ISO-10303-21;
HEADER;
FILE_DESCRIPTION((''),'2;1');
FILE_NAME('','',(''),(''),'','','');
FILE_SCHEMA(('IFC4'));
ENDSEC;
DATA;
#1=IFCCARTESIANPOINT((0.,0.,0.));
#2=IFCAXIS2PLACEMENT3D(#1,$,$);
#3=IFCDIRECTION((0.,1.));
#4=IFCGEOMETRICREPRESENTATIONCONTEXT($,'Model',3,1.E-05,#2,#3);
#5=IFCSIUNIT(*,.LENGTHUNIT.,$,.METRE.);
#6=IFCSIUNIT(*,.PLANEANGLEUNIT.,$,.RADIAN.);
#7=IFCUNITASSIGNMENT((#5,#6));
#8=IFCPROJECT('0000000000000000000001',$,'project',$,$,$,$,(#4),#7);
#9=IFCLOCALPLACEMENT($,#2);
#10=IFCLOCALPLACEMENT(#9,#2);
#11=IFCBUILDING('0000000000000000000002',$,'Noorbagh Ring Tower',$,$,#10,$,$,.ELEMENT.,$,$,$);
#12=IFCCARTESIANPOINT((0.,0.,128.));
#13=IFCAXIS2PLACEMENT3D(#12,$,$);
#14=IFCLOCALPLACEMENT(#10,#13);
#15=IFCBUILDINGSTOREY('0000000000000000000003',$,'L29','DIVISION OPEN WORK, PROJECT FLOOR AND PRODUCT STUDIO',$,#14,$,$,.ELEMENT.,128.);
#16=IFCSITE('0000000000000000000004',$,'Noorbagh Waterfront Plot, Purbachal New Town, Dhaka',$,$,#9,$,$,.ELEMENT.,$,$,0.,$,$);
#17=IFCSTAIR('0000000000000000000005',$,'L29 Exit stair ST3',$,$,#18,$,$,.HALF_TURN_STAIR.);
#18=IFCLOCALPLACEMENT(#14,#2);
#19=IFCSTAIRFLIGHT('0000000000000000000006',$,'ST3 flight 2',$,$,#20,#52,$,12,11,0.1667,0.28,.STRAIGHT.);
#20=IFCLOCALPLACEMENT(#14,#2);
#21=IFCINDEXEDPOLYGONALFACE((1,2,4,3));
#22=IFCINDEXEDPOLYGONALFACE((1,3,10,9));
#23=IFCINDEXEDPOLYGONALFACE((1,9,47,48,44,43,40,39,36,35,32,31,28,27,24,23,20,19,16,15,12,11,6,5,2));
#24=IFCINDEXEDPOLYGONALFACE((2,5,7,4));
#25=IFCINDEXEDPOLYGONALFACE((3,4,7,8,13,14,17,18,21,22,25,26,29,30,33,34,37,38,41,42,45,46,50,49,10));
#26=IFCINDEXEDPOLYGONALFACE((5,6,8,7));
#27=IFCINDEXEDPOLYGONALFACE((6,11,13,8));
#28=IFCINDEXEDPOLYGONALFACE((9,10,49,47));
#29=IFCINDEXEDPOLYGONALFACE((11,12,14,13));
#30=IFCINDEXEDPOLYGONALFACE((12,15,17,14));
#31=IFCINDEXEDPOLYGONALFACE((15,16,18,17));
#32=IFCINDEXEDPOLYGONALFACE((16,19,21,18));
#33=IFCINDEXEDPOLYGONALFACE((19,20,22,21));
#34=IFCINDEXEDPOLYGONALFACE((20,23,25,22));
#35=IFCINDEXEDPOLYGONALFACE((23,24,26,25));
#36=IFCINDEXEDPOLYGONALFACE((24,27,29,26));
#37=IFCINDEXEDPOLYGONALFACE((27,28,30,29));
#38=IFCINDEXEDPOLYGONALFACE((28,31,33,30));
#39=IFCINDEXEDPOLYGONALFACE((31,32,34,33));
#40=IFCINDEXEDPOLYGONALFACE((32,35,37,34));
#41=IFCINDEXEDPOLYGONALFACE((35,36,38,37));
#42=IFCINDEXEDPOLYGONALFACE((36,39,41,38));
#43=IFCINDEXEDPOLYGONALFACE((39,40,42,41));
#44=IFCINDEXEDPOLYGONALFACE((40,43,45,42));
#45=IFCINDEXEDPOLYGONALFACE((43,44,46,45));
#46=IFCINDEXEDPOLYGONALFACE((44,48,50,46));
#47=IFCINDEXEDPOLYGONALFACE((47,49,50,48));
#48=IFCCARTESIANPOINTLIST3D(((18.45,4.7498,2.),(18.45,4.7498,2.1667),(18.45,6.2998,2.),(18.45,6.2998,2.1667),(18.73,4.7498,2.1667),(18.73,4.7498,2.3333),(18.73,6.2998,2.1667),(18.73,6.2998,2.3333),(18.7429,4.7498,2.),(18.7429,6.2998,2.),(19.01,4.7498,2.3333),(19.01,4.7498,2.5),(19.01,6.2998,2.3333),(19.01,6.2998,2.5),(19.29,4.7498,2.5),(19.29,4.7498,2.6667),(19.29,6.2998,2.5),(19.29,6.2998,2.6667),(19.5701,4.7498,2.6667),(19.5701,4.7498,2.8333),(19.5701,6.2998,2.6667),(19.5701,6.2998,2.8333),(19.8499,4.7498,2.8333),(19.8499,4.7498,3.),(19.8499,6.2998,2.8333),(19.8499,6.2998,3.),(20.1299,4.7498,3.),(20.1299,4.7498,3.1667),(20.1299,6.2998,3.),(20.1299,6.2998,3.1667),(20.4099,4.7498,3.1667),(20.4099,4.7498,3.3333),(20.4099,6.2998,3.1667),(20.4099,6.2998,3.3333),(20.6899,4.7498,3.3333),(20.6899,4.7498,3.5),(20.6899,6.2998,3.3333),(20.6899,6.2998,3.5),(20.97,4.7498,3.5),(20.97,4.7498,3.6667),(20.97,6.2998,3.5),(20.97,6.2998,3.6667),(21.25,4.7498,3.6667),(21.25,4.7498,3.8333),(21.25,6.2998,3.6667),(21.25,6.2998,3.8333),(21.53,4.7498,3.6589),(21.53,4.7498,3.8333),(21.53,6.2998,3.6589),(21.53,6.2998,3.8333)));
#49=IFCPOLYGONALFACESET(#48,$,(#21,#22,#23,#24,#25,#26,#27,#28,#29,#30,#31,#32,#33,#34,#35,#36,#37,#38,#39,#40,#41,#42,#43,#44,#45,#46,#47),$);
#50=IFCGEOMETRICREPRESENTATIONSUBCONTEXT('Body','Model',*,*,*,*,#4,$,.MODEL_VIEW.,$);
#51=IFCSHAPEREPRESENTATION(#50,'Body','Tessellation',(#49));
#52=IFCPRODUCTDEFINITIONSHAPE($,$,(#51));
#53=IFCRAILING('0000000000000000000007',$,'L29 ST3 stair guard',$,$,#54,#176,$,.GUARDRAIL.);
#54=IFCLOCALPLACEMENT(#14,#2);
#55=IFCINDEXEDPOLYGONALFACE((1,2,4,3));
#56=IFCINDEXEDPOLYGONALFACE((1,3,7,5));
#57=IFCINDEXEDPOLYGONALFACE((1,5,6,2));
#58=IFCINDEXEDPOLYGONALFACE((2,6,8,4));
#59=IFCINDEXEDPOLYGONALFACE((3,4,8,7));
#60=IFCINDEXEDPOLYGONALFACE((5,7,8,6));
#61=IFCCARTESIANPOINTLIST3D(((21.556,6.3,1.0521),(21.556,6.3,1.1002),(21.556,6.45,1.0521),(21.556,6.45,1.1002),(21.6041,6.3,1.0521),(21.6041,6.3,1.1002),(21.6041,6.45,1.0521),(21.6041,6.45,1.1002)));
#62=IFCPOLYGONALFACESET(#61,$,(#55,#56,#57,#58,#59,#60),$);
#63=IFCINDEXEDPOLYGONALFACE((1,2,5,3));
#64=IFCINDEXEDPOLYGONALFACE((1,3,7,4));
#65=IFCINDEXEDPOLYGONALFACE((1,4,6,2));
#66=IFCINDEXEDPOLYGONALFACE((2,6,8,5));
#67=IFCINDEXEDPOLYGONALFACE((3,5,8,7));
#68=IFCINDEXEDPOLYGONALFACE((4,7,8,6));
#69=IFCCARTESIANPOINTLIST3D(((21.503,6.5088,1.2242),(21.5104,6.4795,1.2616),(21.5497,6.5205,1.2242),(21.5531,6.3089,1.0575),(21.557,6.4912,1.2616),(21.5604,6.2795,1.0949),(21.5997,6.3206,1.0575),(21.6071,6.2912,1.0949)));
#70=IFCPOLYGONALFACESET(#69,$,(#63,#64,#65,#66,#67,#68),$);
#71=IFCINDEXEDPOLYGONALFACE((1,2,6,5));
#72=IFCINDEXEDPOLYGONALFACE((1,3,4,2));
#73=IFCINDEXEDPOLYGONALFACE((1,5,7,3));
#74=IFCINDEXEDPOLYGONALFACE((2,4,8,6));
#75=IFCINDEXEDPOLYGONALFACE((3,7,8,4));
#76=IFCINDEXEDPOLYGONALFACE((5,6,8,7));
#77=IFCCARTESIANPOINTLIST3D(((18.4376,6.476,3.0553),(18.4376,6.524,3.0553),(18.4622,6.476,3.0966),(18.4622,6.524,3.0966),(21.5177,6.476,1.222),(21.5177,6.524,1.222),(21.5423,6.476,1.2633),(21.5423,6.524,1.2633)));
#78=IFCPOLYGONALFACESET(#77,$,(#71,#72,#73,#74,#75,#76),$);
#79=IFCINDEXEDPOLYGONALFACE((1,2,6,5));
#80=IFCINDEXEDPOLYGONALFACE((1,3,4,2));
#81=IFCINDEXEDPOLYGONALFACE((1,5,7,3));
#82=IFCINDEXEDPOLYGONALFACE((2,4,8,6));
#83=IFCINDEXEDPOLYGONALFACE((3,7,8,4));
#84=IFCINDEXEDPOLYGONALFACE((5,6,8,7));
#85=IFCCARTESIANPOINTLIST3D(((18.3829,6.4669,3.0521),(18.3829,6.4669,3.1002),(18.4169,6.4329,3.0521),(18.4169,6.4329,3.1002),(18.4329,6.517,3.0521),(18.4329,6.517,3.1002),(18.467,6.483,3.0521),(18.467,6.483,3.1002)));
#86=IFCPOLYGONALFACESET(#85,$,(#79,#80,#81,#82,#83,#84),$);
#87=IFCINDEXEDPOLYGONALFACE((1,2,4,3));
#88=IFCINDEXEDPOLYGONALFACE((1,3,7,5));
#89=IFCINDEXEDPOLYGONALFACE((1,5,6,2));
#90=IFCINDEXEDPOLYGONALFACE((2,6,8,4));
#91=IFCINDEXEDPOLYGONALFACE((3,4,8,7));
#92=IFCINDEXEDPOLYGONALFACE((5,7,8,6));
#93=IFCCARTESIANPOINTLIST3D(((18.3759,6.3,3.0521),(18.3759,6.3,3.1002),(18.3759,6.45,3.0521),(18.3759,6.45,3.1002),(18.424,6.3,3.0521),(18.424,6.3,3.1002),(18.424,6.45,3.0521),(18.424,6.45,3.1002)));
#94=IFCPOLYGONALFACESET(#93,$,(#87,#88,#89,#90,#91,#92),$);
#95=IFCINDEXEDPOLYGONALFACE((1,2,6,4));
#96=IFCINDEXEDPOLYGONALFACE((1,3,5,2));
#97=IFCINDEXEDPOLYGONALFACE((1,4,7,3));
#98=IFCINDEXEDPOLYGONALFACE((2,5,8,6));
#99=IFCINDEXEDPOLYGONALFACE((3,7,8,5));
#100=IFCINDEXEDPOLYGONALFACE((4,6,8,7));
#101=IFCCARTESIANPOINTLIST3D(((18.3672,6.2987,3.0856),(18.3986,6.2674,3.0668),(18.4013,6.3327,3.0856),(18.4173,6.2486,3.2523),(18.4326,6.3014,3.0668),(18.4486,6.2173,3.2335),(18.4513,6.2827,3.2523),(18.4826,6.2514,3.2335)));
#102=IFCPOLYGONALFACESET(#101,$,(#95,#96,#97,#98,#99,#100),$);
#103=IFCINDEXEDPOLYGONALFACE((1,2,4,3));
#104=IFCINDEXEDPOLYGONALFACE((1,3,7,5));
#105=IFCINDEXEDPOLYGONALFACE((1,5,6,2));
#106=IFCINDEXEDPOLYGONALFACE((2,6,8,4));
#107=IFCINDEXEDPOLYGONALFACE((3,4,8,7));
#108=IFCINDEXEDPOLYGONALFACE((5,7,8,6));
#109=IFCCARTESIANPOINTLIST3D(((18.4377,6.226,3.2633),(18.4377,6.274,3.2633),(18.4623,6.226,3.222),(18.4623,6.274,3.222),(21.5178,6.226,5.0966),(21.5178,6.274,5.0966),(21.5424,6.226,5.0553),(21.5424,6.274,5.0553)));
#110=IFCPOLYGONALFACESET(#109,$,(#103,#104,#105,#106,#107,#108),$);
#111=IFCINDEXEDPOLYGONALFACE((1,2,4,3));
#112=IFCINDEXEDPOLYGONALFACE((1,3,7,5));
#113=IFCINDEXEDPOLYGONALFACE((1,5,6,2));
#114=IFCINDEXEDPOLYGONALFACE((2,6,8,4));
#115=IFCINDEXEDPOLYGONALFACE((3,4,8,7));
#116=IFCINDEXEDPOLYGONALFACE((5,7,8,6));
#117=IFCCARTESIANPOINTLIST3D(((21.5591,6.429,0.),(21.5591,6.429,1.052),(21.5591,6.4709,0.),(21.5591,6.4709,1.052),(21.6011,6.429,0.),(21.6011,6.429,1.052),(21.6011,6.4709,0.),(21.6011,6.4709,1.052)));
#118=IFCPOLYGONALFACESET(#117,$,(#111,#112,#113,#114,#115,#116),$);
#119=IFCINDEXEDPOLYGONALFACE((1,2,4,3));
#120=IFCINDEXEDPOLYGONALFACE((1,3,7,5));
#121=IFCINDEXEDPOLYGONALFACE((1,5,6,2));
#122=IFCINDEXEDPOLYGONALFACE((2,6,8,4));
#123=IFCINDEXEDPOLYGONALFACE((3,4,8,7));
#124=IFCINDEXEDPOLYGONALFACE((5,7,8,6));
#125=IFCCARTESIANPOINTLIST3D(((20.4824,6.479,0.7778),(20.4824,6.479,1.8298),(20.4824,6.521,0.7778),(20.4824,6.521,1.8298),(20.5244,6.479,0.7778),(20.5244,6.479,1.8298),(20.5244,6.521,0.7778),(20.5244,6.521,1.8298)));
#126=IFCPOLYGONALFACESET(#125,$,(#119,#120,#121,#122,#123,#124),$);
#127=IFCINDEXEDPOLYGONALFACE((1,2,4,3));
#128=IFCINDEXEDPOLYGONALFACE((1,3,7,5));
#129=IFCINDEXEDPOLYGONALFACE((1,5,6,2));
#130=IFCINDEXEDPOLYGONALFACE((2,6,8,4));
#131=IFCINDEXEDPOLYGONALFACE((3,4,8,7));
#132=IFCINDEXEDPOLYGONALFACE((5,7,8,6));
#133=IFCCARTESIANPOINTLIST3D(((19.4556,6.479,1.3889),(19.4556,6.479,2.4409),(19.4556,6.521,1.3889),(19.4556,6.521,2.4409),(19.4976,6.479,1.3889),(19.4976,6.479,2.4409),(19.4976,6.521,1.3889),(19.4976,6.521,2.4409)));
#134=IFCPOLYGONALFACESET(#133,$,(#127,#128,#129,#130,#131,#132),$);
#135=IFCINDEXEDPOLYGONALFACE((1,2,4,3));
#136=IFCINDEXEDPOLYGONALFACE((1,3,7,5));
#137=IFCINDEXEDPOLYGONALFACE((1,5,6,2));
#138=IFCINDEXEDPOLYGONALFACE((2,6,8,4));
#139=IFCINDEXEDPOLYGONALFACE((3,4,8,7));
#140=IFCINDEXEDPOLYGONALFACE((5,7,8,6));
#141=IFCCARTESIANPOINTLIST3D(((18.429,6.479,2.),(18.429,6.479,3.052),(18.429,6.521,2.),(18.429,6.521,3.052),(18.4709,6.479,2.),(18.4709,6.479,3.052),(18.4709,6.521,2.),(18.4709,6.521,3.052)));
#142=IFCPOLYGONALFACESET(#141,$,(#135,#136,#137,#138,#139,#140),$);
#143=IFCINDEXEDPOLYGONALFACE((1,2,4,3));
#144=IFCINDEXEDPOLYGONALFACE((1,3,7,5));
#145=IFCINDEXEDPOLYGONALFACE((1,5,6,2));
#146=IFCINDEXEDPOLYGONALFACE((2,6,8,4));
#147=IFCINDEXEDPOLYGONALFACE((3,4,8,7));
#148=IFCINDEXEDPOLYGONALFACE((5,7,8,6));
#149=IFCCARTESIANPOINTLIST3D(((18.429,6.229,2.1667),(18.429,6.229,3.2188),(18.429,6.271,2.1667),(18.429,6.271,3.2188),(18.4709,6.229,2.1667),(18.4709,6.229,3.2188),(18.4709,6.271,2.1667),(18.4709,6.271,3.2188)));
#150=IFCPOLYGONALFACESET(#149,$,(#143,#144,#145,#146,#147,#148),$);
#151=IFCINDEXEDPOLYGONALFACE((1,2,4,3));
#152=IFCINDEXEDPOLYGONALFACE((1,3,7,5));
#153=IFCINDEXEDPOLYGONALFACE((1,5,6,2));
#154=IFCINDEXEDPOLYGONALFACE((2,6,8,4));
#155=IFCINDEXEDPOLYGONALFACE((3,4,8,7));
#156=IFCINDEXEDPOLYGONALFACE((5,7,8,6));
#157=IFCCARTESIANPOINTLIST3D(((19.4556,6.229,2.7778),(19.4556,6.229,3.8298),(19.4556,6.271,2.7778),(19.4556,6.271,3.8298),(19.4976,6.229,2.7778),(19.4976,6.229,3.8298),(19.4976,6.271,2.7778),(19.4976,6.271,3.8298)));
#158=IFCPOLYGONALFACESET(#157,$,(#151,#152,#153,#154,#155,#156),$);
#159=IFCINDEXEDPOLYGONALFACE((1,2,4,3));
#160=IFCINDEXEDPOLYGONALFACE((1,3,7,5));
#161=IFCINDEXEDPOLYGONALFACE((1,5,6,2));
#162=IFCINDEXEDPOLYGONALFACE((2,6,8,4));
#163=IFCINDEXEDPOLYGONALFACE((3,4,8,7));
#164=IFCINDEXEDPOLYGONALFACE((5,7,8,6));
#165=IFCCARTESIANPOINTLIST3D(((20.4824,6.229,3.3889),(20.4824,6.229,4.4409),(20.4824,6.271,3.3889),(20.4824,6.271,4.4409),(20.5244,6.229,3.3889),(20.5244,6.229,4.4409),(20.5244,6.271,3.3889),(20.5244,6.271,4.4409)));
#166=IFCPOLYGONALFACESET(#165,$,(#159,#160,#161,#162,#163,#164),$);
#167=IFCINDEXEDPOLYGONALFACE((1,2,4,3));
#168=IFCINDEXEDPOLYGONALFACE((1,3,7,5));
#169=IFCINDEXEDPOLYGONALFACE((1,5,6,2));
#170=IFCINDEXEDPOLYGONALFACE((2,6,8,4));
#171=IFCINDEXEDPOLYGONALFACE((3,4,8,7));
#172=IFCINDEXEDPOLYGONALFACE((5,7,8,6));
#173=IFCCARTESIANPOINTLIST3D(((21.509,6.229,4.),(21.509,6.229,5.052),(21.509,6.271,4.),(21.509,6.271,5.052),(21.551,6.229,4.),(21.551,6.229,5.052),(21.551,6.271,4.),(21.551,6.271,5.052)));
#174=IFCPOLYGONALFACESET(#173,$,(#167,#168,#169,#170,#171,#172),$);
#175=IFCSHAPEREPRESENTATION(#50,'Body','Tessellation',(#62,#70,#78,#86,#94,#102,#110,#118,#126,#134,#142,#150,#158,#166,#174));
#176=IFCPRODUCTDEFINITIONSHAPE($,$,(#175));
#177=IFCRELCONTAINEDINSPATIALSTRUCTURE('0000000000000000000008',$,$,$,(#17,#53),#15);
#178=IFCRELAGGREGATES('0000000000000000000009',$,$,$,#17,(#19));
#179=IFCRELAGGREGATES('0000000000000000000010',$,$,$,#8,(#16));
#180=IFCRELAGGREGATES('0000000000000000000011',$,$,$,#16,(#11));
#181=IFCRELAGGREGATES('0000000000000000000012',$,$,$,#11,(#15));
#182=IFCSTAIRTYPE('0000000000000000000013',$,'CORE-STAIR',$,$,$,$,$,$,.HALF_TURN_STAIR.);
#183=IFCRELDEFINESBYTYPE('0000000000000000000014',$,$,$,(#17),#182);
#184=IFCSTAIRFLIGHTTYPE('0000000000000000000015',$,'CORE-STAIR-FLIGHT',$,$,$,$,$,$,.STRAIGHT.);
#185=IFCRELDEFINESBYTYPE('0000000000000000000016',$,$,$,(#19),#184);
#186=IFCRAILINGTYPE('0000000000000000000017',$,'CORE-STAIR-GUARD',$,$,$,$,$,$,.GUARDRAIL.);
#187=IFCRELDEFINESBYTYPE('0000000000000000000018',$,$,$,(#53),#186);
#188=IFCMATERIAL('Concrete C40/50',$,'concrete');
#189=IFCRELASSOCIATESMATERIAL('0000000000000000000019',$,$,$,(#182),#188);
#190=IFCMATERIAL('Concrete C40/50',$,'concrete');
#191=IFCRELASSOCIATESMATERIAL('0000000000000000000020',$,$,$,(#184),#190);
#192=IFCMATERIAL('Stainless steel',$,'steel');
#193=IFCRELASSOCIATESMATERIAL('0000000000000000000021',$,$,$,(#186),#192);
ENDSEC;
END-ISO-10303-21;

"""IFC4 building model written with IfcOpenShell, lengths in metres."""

from ifc_helpers import new_model, si_unit, direction, frame, origin, origin_2d, place, context, subcontext, project, spatial, polyline, rectangle, outline, extrude, material, type_object, element, aggregate, save


model = new_model("IFC4")

# Units and contexts
model_context = context("Model", 3, precision=1e-05, world=origin(), true_north=direction((0.0, 1.0)))
body_context = subcontext(model_context, "Body", "Model", "MODEL_VIEW")
ifc_project = project(units=[si_unit("LENGTHUNIT", "METRE"), si_unit("PLANEANGLEUNIT", "RADIAN")], contexts=[model_context])

# Site, building, storey
site_placement = place(None, origin())
site = spatial("IfcSite", under=ifc_project, at=site_placement, Name="Noorbagh Waterfront Plot, Purbachal New Town, Dhaka", CompositionType="ELEMENT", RefElevation=0.0)
building_placement = place(site_placement, origin())
building = spatial("IfcBuilding", under=site, at=building_placement, Name="Noorbagh Ring Tower", CompositionType="ELEMENT")
storey_placement = place(building_placement, frame((0.0, 0.0, 128.0)))
storey = spatial("IfcBuildingStorey", under=building, at=storey_placement, Name="L29", Description="DIVISION OPEN WORK, PROJECT FLOOR AND PRODUCT STUDIO", CompositionType="ELEMENT", Elevation=128.0)

# Stair, stair flight
ifc_material_1 = material(Name="Concrete C40/50", Category="concrete")
stair_type = type_object("IfcStairType", Name="CORE-STAIR", PredefinedType="HALF_TURN_STAIR", material=ifc_material_1)
stair_placement = place(storey_placement, origin())
stair = element("IfcStair", 1, at=stair_placement, inside=storey, type_object=stair_type, Name="L29 Exit stair ST3", PredefinedType="HALF_TURN_STAIR")
ifc_material_2 = material(Name="Concrete C40/50", Category="concrete")
stair_flight_type = type_object("IfcStairFlightType", Name="CORE-STAIR-FLIGHT", PredefinedType="STRAIGHT", material=ifc_material_2)
stair_flight_1_placement = place(storey_placement, frame((18.45, 5.5249, 2.0), z_axis=(0.0, 0.0, 1.0), x_axis=(1.0, 0.0, 0.0)))
stair_flight_1 = element("IfcStairFlight", 2, at=stair_flight_1_placement, type_object=stair_flight_type, Name="ST3 flight 2", NumberOfRisers=12, NumberOfTreads=11, PredefinedType="STRAIGHT", RiserHeight=0.1667, TreadLength=0.28, context=body_context, shape_type="SweptSolid", body=[
    extrude(outline(polyline([(0.0, 0.0), (0.0, 0.1667), (0.28, 0.1667), (0.28, 0.3333), (0.5601, 0.3333), (0.5601, 0.5), (0.8401, 0.5), (0.8401, 0.6667), (1.1201, 0.6667), (1.1201, 0.8333), (1.3999, 0.8333), (1.3999, 1.0), (1.6799, 1.0), (1.6799, 1.1667), (1.96, 1.1667), (1.96, 1.3333), (2.24, 1.3333), (2.24, 1.5), (2.52, 1.5), (2.52, 1.6667), (2.8, 1.6667), (2.8, 1.8333), (3.0801, 1.8333), (3.0801, 2.0), (3.0801, 1.6589), (0.293, 0.0), (0.0, 0.0)])), frame((0.0, 0.7749, 0.0), z_axis=(0.0, -1.0, 0.0), x_axis=(1.0, 0.0, 0.0)), (0.0, 0.0, 1.0), 1.55),
])
aggregate(stair, [stair_flight_1])

# Railing
ifc_material_3 = material(Name="Stainless steel", Category="steel")
railing_type_1 = type_object("IfcRailingType", Name="CORE-STAIR-GUARD", PredefinedType="GUARDRAIL", material=ifc_material_3)
railing_1_placement = place(storey_placement, frame((21.5801, 6.45, 0.0)))
element("IfcRailing", 3, at=railing_1_placement, inside=storey, type_object=railing_type_1, Name="L29 ST3 stair guard", PredefinedType="GUARDRAIL", context=body_context, shape_type="SweptSolid", body=[
    extrude(rectangle(XDim=0.0481, YDim=0.0481, at=origin_2d()), frame((0.0, 0.0, 1.0762), z_axis=(0.0, -1.0, 0.0), x_axis=(1.0, 0.0, 0.0)), (0.0, 0.0, 1.0), 0.1499),
    extrude(rectangle(XDim=0.0481, YDim=0.0481, at=origin_2d()), frame((0.0, -0.1499, 1.0762), z_axis=(-0.188776, 0.754182, 0.628946), x_axis=(-0.970073, -0.242814, 0.0)), (0.0, 0.0, 1.0), 0.2651),
    extrude(rectangle(XDim=0.0481, YDim=0.0481, at=origin_2d()), frame((-0.05, 0.05, 1.2427), z_axis=(-0.859309, 0.0, 0.511458), x_axis=(0.0, -1.0, 0.0)), (0.0, 0.0, 1.0), 3.5845),
    extrude(rectangle(XDim=0.0481, YDim=0.0481, at=origin_2d()), frame((-3.1301, 0.05, 3.0762), z_axis=(-0.707107, -0.707107, 0.0), x_axis=(0.707107, -0.707107, 0.0)), (0.0, 0.0, 1.0), 0.0708),
    extrude(rectangle(XDim=0.0481, YDim=0.0481, at=origin_2d()), frame((-3.1802, 0.0, 3.0762), z_axis=(0.0, -1.0, 0.0), x_axis=(1.0, 0.0, 0.0)), (0.0, 0.0, 1.0), 0.1499),
    extrude(rectangle(XDim=0.0481, YDim=0.0481, at=origin_2d()), frame((-3.1802, -0.1499, 3.0762), z_axis=(0.276287, -0.276287, 0.920506), x_axis=(0.707107, 0.707107, 0.0)), (0.0, 0.0, 1.0), 0.1812),
    extrude(rectangle(XDim=0.0481, YDim=0.0481, at=origin_2d()), frame((-3.1301, -0.2, 3.2427), z_axis=(0.859309, 0.0, 0.511458), x_axis=(0.0, 1.0, 0.0)), (0.0, 0.0, 1.0), 3.5845),
    extrude(rectangle(XDim=0.042, YDim=0.042, at=origin_2d()), origin(), (0.0, 0.0, 1.0), 1.052),
    extrude(rectangle(XDim=0.042, YDim=0.042, at=origin_2d()), frame((-1.0767, 0.05, 0.7778)), (0.0, 0.0, 1.0), 1.052),
    extrude(rectangle(XDim=0.042, YDim=0.042, at=origin_2d()), frame((-2.1035, 0.05, 1.3889)), (0.0, 0.0, 1.0), 1.052),
    extrude(rectangle(XDim=0.042, YDim=0.042, at=origin_2d()), frame((-3.1301, 0.05, 2.0)), (0.0, 0.0, 1.0), 1.052),
    extrude(rectangle(XDim=0.042, YDim=0.042, at=origin_2d()), frame((-3.1301, -0.2, 2.1667)), (0.0, 0.0, 1.0), 1.052),
    extrude(rectangle(XDim=0.042, YDim=0.042, at=origin_2d()), frame((-2.1035, -0.2, 2.7778)), (0.0, 0.0, 1.0), 1.052),
    extrude(rectangle(XDim=0.042, YDim=0.042, at=origin_2d()), frame((-1.0767, -0.2, 3.3889)), (0.0, 0.0, 1.0), 1.052),
    extrude(rectangle(XDim=0.042, YDim=0.042, at=origin_2d()), frame((-0.05, -0.2, 4.0)), (0.0, 0.0, 1.0), 1.052),
])

save(model, "model.ifc")
